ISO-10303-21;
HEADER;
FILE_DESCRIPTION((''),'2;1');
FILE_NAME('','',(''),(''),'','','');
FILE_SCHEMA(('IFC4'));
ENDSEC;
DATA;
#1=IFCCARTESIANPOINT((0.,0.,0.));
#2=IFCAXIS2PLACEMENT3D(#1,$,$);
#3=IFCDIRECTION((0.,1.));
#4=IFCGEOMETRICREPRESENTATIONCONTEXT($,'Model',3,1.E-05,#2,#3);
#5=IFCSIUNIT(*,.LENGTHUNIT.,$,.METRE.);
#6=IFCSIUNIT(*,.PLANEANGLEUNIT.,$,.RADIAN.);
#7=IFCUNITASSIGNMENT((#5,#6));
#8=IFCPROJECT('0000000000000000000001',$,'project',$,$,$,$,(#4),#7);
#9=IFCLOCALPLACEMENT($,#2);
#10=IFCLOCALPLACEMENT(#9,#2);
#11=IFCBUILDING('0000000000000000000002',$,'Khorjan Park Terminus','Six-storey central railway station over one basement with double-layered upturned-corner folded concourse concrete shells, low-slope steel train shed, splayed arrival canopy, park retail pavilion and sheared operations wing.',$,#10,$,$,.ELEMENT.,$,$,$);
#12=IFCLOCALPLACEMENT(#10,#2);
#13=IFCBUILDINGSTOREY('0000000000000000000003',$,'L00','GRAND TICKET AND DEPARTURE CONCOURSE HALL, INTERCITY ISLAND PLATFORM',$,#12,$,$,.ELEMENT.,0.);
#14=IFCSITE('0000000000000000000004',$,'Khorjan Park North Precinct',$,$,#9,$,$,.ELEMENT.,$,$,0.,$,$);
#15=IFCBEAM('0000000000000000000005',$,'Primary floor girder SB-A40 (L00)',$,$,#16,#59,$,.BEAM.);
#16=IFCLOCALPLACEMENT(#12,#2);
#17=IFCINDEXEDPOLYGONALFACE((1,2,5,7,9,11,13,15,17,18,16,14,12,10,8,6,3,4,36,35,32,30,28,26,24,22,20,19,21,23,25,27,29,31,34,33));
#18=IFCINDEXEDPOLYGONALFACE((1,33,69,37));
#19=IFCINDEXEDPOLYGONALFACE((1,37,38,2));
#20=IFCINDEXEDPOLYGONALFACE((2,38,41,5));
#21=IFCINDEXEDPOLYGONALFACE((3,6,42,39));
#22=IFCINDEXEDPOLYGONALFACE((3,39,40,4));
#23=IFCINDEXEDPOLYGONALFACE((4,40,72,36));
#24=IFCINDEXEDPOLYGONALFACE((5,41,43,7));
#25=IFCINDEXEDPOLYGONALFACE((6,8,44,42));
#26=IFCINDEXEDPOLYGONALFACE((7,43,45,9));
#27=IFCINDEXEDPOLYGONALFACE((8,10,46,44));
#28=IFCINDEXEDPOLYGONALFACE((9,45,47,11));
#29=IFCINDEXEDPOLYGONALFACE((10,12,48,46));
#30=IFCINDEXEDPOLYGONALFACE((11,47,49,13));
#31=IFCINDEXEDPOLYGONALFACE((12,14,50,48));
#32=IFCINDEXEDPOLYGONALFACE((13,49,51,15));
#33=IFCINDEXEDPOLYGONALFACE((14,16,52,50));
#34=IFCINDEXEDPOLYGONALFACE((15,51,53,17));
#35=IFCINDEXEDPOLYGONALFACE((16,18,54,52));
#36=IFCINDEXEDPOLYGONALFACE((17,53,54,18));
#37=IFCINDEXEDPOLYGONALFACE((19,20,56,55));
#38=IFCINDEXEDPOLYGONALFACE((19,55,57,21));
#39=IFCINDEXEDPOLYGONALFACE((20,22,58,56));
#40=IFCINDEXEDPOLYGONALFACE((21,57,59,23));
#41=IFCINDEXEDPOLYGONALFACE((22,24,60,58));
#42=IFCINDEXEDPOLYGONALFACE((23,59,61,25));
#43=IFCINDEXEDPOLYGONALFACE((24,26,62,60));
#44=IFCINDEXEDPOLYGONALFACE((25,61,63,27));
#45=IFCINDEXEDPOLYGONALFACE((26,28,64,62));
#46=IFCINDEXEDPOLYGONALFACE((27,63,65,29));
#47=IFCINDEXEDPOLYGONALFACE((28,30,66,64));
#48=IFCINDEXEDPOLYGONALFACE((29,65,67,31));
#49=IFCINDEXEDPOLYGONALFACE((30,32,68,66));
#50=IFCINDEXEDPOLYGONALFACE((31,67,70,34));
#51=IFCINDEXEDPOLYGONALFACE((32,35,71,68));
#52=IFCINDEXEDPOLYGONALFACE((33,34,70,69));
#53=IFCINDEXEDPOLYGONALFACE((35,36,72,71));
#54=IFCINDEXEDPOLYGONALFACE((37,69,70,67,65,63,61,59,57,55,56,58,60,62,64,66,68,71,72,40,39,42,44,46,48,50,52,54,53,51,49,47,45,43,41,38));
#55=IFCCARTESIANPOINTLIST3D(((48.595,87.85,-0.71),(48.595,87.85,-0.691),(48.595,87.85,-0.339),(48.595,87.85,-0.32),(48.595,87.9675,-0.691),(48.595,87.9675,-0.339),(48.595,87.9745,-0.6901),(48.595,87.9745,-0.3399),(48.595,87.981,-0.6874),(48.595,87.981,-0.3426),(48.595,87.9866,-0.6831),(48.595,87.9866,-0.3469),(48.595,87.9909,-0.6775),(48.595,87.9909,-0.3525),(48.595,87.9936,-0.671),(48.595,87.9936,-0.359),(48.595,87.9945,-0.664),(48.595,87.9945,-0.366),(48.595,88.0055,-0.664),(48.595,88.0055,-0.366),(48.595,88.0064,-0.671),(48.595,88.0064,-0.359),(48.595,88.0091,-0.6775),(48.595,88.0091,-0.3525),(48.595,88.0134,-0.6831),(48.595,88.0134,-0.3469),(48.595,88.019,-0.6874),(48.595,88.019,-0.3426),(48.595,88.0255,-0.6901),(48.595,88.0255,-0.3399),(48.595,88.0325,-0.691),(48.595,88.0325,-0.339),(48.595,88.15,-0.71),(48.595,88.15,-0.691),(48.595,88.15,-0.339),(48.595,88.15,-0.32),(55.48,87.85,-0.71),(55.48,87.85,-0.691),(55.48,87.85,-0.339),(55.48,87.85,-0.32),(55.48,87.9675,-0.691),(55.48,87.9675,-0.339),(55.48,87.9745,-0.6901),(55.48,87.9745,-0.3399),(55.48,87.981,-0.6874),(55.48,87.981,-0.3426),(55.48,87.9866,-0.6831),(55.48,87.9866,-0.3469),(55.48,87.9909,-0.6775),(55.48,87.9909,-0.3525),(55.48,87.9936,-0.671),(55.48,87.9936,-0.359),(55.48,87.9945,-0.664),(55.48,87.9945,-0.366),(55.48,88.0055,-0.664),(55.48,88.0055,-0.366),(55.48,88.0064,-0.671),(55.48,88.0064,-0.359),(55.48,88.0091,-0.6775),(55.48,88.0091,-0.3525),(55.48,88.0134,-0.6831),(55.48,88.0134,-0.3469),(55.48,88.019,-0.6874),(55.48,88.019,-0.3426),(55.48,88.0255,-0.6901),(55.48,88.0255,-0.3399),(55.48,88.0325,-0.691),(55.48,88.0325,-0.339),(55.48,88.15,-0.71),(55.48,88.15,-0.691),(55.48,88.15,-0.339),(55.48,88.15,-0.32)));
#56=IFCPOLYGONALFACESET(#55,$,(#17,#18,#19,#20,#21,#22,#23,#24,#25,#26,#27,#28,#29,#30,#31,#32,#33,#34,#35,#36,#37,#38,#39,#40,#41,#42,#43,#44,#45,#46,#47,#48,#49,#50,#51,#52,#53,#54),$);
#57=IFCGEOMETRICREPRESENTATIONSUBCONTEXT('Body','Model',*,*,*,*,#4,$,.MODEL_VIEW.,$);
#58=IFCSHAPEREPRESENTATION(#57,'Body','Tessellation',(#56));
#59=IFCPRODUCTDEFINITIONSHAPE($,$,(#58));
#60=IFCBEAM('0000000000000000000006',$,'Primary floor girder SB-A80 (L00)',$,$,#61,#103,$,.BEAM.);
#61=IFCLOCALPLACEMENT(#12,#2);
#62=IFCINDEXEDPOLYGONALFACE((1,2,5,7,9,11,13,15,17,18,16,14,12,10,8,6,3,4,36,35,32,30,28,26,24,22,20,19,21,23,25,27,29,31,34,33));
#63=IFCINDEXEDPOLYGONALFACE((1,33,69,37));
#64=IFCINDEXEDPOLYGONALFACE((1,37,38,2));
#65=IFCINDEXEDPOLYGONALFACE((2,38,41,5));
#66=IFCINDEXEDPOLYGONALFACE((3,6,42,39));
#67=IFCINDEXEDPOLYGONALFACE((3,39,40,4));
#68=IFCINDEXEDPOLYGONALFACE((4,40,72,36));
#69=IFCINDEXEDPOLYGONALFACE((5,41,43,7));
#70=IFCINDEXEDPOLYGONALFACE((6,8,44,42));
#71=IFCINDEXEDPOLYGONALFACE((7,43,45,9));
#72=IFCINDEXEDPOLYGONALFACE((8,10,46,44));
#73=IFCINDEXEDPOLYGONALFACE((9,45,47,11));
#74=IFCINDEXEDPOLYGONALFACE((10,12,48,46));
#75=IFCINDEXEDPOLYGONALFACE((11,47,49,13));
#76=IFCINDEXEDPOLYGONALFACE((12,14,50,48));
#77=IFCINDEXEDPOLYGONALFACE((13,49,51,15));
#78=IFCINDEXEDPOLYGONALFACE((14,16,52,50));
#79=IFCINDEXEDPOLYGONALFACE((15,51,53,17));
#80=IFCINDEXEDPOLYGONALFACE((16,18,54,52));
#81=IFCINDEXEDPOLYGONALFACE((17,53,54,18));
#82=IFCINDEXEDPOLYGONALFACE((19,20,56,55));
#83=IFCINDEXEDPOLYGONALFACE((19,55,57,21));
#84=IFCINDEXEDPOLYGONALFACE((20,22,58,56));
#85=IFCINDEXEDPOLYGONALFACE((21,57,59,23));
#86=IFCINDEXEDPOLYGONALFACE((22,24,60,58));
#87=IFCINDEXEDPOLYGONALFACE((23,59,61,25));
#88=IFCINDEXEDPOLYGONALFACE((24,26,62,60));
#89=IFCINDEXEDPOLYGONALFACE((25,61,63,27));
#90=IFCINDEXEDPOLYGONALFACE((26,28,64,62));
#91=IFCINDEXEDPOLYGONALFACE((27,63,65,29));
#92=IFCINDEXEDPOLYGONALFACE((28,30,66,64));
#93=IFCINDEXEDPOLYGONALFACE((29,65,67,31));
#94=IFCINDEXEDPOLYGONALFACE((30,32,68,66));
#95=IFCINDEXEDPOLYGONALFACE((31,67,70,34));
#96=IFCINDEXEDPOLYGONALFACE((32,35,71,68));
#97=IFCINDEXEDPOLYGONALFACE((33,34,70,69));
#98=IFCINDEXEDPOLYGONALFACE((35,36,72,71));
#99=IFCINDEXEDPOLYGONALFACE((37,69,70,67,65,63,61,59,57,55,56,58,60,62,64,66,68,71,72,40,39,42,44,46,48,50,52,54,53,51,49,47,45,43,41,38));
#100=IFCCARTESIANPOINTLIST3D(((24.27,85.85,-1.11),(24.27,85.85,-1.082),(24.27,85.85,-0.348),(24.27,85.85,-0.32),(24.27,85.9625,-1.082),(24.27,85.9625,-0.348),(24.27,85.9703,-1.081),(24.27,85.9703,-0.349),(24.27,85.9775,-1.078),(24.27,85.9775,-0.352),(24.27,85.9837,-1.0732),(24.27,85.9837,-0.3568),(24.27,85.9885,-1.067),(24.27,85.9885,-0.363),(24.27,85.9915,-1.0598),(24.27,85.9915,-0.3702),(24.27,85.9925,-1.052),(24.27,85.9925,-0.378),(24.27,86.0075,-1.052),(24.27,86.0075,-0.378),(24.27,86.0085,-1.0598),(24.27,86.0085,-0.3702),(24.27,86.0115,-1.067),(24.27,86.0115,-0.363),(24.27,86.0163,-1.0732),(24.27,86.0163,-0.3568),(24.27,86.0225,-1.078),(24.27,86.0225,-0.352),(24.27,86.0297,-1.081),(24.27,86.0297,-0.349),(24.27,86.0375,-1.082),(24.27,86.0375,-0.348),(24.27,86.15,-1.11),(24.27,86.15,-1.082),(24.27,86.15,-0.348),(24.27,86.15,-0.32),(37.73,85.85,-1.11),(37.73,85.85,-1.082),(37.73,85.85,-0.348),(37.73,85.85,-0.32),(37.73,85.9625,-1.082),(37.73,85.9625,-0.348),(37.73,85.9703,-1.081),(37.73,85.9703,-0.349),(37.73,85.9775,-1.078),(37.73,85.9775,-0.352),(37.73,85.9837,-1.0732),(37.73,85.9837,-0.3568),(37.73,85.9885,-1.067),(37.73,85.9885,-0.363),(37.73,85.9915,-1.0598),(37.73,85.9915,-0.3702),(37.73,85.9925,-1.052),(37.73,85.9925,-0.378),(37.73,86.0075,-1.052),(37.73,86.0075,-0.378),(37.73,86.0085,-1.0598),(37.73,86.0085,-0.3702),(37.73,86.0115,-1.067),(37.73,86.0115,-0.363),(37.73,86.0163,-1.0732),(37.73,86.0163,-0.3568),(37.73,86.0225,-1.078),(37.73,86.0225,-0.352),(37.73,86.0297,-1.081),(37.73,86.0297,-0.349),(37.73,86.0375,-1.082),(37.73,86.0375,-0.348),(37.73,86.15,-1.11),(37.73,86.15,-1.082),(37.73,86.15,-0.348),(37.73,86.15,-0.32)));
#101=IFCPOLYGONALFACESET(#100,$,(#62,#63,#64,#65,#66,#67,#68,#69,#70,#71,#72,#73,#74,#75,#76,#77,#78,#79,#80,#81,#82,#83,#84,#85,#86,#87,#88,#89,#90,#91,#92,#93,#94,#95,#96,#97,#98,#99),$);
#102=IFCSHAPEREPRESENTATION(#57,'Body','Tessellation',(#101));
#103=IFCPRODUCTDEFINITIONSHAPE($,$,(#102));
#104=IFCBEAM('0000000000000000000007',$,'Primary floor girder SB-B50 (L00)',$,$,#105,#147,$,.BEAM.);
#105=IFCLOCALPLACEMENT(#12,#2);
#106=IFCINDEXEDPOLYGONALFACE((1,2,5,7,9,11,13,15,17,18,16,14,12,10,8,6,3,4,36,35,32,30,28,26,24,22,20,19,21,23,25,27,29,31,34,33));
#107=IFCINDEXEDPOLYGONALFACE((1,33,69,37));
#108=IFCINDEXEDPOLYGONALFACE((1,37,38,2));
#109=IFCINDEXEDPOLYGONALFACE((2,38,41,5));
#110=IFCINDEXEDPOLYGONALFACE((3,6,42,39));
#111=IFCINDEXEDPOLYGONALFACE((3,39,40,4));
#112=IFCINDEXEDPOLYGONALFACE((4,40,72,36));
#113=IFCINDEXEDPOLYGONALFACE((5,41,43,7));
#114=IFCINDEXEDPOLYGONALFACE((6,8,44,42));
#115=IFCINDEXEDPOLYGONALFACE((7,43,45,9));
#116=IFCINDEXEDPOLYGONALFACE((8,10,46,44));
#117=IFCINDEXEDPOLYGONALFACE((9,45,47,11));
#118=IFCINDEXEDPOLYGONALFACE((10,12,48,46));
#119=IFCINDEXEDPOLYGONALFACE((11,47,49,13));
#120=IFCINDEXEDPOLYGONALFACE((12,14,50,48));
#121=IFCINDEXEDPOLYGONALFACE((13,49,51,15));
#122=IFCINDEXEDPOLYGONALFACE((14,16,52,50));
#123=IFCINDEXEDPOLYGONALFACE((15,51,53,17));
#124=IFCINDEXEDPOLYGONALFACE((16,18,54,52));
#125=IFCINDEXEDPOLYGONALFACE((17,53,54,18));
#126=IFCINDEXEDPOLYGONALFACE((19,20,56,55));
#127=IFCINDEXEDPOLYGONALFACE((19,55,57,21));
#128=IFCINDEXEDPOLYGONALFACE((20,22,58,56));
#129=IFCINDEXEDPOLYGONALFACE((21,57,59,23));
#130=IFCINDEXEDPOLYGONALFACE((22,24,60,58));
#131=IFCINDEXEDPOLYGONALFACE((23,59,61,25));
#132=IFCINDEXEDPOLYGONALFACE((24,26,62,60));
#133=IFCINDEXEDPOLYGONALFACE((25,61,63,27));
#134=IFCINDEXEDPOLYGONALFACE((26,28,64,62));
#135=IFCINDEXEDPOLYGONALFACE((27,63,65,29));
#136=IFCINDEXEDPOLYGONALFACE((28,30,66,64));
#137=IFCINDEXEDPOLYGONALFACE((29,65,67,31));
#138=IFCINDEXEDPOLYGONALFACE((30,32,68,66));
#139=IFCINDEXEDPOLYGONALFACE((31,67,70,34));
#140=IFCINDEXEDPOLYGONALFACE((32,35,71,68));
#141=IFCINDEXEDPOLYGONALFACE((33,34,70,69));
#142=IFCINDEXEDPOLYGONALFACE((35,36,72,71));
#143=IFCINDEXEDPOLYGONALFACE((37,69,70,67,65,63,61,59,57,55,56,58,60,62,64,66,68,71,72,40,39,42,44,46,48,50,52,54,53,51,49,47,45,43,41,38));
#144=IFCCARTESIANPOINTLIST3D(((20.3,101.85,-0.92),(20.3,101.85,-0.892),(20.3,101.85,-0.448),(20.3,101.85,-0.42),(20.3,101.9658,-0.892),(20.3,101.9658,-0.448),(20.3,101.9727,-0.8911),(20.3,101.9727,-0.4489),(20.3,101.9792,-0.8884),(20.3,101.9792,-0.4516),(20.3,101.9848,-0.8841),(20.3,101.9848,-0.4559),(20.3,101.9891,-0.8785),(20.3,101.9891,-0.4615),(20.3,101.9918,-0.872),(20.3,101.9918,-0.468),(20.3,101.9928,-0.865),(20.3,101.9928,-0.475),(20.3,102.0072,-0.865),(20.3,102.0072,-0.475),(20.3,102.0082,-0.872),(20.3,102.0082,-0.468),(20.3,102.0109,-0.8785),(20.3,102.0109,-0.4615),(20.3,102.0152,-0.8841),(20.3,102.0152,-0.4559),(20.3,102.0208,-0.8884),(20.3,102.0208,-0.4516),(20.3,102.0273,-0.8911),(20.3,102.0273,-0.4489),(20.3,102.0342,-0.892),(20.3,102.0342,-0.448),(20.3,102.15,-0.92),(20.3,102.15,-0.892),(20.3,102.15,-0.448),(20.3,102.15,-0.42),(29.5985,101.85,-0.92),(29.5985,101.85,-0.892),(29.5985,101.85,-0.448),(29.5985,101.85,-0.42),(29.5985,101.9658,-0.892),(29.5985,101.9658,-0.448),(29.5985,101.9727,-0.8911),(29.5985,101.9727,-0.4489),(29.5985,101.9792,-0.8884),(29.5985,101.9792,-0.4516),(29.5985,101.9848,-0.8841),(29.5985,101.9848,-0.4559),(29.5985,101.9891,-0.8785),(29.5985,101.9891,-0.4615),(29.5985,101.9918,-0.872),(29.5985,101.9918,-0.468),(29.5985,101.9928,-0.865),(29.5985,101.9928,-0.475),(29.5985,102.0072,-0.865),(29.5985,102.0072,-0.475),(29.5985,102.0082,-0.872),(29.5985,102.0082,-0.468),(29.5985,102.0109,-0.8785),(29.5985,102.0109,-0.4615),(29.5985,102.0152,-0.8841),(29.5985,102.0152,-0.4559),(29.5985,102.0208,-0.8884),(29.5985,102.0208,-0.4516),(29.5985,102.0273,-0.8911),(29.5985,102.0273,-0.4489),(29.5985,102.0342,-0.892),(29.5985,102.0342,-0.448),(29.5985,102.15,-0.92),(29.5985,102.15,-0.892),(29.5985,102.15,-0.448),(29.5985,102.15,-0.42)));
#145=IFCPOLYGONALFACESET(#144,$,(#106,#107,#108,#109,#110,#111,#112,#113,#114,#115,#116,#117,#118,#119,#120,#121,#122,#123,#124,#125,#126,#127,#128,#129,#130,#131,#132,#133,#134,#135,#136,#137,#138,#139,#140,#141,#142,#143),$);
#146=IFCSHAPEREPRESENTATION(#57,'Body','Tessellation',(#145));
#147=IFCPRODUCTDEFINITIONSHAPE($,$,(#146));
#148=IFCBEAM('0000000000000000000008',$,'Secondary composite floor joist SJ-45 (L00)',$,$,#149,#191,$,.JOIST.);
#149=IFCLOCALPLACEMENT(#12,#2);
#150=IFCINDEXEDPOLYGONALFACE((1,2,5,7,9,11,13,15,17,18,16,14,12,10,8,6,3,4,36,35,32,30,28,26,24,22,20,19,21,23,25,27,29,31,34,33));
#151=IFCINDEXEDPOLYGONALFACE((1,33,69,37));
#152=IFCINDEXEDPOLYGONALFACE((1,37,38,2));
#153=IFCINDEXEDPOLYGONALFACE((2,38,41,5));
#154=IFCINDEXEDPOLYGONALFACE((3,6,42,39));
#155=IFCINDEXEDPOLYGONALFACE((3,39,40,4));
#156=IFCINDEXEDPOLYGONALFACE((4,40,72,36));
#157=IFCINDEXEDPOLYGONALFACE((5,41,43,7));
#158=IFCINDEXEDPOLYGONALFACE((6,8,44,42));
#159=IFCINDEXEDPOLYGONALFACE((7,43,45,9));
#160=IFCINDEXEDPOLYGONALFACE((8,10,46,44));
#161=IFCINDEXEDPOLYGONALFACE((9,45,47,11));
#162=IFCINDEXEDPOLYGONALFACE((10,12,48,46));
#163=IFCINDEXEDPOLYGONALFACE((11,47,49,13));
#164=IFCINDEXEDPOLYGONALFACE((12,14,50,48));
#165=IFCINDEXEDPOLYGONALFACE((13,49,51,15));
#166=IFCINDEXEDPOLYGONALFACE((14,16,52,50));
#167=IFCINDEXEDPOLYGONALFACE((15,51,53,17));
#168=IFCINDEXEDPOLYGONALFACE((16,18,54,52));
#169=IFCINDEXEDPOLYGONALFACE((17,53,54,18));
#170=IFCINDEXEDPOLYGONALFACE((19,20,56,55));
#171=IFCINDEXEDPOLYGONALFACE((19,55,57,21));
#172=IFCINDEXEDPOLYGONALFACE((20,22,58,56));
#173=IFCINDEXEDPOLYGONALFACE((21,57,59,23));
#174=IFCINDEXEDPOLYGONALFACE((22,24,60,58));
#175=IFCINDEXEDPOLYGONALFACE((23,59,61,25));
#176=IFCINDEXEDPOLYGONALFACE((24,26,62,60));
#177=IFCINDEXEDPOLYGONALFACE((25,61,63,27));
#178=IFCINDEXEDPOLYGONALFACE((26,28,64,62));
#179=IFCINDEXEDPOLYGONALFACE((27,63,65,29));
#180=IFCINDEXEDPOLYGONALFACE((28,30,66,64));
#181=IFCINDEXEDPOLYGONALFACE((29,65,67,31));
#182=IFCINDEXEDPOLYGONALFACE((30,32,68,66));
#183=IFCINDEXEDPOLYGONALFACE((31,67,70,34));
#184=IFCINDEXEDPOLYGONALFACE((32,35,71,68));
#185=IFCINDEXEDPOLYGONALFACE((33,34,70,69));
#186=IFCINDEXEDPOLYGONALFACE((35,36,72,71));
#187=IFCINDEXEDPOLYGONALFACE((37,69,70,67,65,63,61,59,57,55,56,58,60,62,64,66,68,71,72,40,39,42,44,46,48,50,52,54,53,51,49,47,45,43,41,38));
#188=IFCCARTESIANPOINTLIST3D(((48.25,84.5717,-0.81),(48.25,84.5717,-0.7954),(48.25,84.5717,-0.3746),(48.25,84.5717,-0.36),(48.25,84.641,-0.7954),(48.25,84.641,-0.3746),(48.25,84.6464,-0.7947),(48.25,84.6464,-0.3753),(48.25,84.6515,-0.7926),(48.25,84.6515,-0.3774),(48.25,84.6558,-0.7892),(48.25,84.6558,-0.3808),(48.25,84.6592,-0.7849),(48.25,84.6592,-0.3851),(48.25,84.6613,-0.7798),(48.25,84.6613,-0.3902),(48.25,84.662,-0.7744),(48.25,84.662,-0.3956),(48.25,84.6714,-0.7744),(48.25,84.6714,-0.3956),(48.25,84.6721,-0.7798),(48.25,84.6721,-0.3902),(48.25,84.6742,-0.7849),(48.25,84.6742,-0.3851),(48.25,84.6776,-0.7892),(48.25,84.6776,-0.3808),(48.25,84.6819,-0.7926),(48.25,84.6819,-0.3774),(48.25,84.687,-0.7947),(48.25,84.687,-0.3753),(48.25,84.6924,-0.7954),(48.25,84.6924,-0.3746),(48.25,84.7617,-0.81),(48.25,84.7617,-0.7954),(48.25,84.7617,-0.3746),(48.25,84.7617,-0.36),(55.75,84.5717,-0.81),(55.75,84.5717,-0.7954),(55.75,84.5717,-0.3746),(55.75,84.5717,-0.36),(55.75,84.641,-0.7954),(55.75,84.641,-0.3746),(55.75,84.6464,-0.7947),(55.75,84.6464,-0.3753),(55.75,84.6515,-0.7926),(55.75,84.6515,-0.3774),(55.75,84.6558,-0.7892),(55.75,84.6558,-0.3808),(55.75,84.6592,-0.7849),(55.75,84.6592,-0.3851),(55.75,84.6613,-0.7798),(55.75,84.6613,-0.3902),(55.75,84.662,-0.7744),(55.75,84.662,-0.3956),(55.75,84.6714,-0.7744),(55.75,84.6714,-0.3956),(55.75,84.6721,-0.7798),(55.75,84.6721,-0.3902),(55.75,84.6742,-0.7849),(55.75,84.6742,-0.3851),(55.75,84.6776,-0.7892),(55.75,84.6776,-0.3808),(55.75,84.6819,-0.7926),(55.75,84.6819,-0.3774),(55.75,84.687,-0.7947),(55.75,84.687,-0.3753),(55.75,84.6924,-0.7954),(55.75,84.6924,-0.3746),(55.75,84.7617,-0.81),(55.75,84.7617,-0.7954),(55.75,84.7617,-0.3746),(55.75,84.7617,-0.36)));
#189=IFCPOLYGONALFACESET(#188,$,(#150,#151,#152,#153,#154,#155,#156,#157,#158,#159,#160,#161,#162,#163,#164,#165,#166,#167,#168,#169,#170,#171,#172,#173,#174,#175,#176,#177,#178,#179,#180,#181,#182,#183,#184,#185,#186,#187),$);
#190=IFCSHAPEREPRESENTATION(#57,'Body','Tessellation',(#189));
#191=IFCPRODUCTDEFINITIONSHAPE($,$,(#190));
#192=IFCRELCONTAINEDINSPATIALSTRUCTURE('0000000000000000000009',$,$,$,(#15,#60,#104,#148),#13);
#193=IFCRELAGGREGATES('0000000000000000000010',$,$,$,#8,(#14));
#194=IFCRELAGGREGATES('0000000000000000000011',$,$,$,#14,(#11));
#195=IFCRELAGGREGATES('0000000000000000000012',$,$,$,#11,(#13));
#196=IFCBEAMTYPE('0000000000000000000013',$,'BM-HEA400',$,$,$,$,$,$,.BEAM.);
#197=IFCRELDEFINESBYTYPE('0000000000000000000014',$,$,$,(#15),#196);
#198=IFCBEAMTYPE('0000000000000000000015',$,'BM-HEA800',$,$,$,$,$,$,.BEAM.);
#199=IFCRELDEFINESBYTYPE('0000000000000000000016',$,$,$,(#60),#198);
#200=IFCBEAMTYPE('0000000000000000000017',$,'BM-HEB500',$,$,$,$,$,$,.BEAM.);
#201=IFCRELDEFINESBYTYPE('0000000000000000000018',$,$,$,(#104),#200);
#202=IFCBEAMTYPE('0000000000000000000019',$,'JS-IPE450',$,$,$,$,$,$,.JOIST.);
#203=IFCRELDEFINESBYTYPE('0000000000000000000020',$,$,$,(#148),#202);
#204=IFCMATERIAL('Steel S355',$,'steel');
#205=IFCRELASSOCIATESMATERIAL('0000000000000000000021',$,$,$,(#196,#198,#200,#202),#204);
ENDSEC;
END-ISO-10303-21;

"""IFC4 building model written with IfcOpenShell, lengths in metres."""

from ifc_helpers import new_model, si_unit, direction, frame, origin, origin_2d, place, context, subcontext, project, spatial, i_section, extrude, material, material_profile, profile_set, type_object, element, save


model = new_model("IFC4")

# Units and contexts
model_context = context("Model", 3, precision=1e-05, world=origin(), true_north=direction((0.0, 1.0)))
body_context = subcontext(model_context, "Body", "Model", "MODEL_VIEW")
ifc_project = project(units=[si_unit("LENGTHUNIT", "METRE"), si_unit("PLANEANGLEUNIT", "RADIAN")], contexts=[model_context])

# Site, building, storey
site_placement = place(None, origin())
site = spatial("IfcSite", under=ifc_project, at=site_placement, Name="Khorjan Park North Precinct", CompositionType="ELEMENT", RefElevation=0.0)
building_placement = place(site_placement, origin())
building = spatial("IfcBuilding", under=site, at=building_placement, Name="Khorjan Park Terminus", Description="Six-storey central railway station over one basement with double-layered upturned-corner folded concourse concrete shells, low-slope steel train shed, splayed arrival canopy, park retail pavilion and sheared operations wing.", CompositionType="ELEMENT")
storey_placement = place(building_placement, origin())
storey = spatial("IfcBuildingStorey", under=building, at=storey_placement, Name="L00", Description="GRAND TICKET AND DEPARTURE CONCOURSE HALL, INTERCITY ISLAND PLATFORM", CompositionType="ELEMENT", Elevation=0.0)

# Shared definitions
ifc_material_1 = material(Name="Steel S355", Category="steel")

# Beams
ifc_material_profile_1 = material_profile(ifc_material_1, i_section(OverallWidth=0.3, OverallDepth=0.39, WebThickness=0.011, FlangeThickness=0.019, FilletRadius=0.027, at=origin_2d()), Name="HEA 400")
ifc_profile_set_1 = profile_set([ifc_material_profile_1], Name="Steel S355")
beam_type_1 = type_object("IfcBeamType", Name="BM-HEA400", PredefinedType="BEAM", material=ifc_profile_set_1)
beam_1_placement = place(storey_placement, frame((48.595, 88.0, -0.515), z_axis=(1.0, 0.0, 0.0), x_axis=(0.0, 1.0, 0.0)))
element("IfcBeam", 1, at=beam_1_placement, inside=storey, type_object=beam_type_1, Name="Primary floor girder SB-A40 (L00)", PredefinedType="BEAM", context=body_context, shape_type="SweptSolid", body=[
    extrude(i_section(OverallWidth=0.3, OverallDepth=0.39, WebThickness=0.011, FlangeThickness=0.019, FilletRadius=0.027, at=origin_2d()), origin(), (0.0, 0.0, 1.0), 6.885),
])
ifc_material_profile_2 = material_profile(ifc_material_1, i_section(OverallWidth=0.3, OverallDepth=0.79, WebThickness=0.015, FlangeThickness=0.028, FilletRadius=0.03, at=origin_2d()), Name="HEA 800")
ifc_profile_set_2 = profile_set([ifc_material_profile_2], Name="Steel S355")
beam_type_2 = type_object("IfcBeamType", Name="BM-HEA800", PredefinedType="BEAM", material=ifc_profile_set_2)
beam_2_placement = place(storey_placement, frame((24.27, 86.0, -0.715), z_axis=(1.0, 0.0, 0.0), x_axis=(0.0, 1.0, 0.0)))
element("IfcBeam", 2, at=beam_2_placement, inside=storey, type_object=beam_type_2, Name="Primary floor girder SB-A80 (L00)", PredefinedType="BEAM", context=body_context, shape_type="SweptSolid", body=[
    extrude(i_section(OverallWidth=0.3, OverallDepth=0.79, WebThickness=0.015, FlangeThickness=0.028, FilletRadius=0.03, at=origin_2d()), origin(), (0.0, 0.0, 1.0), 13.46),
])
ifc_material_profile_3 = material_profile(ifc_material_1, i_section(OverallWidth=0.3, OverallDepth=0.5, WebThickness=0.0145, FlangeThickness=0.028, FilletRadius=0.027, at=origin_2d()), Name="HEB 500")
ifc_profile_set_3 = profile_set([ifc_material_profile_3], Name="Steel S355")
beam_type_3 = type_object("IfcBeamType", Name="BM-HEB500", PredefinedType="BEAM", material=ifc_profile_set_3)
beam_3_placement = place(storey_placement, frame((20.3, 102.0, -0.67), z_axis=(1.0, 0.0, 0.0), x_axis=(0.0, 1.0, 0.0)))
element("IfcBeam", 3, at=beam_3_placement, inside=storey, type_object=beam_type_3, Name="Primary floor girder SB-B50 (L00)", PredefinedType="BEAM", context=body_context, shape_type="SweptSolid", body=[
    extrude(i_section(OverallWidth=0.3, OverallDepth=0.5, WebThickness=0.0145, FlangeThickness=0.028, FilletRadius=0.027, at=origin_2d()), origin(), (0.0, 0.0, 1.0), 9.2985),
])
ifc_material_profile_4 = material_profile(ifc_material_1, i_section(OverallWidth=0.19, OverallDepth=0.45, WebThickness=0.0094, FlangeThickness=0.0146, FilletRadius=0.021, at=origin_2d()), Name="IPE 450")
ifc_profile_set_4 = profile_set([ifc_material_profile_4], Name="Steel S355")
beam_type_4 = type_object("IfcBeamType", Name="JS-IPE450", PredefinedType="JOIST", material=ifc_profile_set_4)
beam_4_placement = place(storey_placement, frame((48.25, 84.6667, -0.585), z_axis=(1.0, 0.0, 0.0), x_axis=(0.0, 1.0, 0.0)))
element("IfcBeam", 4, at=beam_4_placement, inside=storey, type_object=beam_type_4, Name="Secondary composite floor joist SJ-45 (L00)", PredefinedType="JOIST", context=body_context, shape_type="SweptSolid", body=[
    extrude(i_section(OverallWidth=0.19, OverallDepth=0.45, WebThickness=0.0094, FlangeThickness=0.0146, FilletRadius=0.021, at=origin_2d()), origin(), (0.0, 0.0, 1.0), 7.5),
])

save(model, "model.ifc")
